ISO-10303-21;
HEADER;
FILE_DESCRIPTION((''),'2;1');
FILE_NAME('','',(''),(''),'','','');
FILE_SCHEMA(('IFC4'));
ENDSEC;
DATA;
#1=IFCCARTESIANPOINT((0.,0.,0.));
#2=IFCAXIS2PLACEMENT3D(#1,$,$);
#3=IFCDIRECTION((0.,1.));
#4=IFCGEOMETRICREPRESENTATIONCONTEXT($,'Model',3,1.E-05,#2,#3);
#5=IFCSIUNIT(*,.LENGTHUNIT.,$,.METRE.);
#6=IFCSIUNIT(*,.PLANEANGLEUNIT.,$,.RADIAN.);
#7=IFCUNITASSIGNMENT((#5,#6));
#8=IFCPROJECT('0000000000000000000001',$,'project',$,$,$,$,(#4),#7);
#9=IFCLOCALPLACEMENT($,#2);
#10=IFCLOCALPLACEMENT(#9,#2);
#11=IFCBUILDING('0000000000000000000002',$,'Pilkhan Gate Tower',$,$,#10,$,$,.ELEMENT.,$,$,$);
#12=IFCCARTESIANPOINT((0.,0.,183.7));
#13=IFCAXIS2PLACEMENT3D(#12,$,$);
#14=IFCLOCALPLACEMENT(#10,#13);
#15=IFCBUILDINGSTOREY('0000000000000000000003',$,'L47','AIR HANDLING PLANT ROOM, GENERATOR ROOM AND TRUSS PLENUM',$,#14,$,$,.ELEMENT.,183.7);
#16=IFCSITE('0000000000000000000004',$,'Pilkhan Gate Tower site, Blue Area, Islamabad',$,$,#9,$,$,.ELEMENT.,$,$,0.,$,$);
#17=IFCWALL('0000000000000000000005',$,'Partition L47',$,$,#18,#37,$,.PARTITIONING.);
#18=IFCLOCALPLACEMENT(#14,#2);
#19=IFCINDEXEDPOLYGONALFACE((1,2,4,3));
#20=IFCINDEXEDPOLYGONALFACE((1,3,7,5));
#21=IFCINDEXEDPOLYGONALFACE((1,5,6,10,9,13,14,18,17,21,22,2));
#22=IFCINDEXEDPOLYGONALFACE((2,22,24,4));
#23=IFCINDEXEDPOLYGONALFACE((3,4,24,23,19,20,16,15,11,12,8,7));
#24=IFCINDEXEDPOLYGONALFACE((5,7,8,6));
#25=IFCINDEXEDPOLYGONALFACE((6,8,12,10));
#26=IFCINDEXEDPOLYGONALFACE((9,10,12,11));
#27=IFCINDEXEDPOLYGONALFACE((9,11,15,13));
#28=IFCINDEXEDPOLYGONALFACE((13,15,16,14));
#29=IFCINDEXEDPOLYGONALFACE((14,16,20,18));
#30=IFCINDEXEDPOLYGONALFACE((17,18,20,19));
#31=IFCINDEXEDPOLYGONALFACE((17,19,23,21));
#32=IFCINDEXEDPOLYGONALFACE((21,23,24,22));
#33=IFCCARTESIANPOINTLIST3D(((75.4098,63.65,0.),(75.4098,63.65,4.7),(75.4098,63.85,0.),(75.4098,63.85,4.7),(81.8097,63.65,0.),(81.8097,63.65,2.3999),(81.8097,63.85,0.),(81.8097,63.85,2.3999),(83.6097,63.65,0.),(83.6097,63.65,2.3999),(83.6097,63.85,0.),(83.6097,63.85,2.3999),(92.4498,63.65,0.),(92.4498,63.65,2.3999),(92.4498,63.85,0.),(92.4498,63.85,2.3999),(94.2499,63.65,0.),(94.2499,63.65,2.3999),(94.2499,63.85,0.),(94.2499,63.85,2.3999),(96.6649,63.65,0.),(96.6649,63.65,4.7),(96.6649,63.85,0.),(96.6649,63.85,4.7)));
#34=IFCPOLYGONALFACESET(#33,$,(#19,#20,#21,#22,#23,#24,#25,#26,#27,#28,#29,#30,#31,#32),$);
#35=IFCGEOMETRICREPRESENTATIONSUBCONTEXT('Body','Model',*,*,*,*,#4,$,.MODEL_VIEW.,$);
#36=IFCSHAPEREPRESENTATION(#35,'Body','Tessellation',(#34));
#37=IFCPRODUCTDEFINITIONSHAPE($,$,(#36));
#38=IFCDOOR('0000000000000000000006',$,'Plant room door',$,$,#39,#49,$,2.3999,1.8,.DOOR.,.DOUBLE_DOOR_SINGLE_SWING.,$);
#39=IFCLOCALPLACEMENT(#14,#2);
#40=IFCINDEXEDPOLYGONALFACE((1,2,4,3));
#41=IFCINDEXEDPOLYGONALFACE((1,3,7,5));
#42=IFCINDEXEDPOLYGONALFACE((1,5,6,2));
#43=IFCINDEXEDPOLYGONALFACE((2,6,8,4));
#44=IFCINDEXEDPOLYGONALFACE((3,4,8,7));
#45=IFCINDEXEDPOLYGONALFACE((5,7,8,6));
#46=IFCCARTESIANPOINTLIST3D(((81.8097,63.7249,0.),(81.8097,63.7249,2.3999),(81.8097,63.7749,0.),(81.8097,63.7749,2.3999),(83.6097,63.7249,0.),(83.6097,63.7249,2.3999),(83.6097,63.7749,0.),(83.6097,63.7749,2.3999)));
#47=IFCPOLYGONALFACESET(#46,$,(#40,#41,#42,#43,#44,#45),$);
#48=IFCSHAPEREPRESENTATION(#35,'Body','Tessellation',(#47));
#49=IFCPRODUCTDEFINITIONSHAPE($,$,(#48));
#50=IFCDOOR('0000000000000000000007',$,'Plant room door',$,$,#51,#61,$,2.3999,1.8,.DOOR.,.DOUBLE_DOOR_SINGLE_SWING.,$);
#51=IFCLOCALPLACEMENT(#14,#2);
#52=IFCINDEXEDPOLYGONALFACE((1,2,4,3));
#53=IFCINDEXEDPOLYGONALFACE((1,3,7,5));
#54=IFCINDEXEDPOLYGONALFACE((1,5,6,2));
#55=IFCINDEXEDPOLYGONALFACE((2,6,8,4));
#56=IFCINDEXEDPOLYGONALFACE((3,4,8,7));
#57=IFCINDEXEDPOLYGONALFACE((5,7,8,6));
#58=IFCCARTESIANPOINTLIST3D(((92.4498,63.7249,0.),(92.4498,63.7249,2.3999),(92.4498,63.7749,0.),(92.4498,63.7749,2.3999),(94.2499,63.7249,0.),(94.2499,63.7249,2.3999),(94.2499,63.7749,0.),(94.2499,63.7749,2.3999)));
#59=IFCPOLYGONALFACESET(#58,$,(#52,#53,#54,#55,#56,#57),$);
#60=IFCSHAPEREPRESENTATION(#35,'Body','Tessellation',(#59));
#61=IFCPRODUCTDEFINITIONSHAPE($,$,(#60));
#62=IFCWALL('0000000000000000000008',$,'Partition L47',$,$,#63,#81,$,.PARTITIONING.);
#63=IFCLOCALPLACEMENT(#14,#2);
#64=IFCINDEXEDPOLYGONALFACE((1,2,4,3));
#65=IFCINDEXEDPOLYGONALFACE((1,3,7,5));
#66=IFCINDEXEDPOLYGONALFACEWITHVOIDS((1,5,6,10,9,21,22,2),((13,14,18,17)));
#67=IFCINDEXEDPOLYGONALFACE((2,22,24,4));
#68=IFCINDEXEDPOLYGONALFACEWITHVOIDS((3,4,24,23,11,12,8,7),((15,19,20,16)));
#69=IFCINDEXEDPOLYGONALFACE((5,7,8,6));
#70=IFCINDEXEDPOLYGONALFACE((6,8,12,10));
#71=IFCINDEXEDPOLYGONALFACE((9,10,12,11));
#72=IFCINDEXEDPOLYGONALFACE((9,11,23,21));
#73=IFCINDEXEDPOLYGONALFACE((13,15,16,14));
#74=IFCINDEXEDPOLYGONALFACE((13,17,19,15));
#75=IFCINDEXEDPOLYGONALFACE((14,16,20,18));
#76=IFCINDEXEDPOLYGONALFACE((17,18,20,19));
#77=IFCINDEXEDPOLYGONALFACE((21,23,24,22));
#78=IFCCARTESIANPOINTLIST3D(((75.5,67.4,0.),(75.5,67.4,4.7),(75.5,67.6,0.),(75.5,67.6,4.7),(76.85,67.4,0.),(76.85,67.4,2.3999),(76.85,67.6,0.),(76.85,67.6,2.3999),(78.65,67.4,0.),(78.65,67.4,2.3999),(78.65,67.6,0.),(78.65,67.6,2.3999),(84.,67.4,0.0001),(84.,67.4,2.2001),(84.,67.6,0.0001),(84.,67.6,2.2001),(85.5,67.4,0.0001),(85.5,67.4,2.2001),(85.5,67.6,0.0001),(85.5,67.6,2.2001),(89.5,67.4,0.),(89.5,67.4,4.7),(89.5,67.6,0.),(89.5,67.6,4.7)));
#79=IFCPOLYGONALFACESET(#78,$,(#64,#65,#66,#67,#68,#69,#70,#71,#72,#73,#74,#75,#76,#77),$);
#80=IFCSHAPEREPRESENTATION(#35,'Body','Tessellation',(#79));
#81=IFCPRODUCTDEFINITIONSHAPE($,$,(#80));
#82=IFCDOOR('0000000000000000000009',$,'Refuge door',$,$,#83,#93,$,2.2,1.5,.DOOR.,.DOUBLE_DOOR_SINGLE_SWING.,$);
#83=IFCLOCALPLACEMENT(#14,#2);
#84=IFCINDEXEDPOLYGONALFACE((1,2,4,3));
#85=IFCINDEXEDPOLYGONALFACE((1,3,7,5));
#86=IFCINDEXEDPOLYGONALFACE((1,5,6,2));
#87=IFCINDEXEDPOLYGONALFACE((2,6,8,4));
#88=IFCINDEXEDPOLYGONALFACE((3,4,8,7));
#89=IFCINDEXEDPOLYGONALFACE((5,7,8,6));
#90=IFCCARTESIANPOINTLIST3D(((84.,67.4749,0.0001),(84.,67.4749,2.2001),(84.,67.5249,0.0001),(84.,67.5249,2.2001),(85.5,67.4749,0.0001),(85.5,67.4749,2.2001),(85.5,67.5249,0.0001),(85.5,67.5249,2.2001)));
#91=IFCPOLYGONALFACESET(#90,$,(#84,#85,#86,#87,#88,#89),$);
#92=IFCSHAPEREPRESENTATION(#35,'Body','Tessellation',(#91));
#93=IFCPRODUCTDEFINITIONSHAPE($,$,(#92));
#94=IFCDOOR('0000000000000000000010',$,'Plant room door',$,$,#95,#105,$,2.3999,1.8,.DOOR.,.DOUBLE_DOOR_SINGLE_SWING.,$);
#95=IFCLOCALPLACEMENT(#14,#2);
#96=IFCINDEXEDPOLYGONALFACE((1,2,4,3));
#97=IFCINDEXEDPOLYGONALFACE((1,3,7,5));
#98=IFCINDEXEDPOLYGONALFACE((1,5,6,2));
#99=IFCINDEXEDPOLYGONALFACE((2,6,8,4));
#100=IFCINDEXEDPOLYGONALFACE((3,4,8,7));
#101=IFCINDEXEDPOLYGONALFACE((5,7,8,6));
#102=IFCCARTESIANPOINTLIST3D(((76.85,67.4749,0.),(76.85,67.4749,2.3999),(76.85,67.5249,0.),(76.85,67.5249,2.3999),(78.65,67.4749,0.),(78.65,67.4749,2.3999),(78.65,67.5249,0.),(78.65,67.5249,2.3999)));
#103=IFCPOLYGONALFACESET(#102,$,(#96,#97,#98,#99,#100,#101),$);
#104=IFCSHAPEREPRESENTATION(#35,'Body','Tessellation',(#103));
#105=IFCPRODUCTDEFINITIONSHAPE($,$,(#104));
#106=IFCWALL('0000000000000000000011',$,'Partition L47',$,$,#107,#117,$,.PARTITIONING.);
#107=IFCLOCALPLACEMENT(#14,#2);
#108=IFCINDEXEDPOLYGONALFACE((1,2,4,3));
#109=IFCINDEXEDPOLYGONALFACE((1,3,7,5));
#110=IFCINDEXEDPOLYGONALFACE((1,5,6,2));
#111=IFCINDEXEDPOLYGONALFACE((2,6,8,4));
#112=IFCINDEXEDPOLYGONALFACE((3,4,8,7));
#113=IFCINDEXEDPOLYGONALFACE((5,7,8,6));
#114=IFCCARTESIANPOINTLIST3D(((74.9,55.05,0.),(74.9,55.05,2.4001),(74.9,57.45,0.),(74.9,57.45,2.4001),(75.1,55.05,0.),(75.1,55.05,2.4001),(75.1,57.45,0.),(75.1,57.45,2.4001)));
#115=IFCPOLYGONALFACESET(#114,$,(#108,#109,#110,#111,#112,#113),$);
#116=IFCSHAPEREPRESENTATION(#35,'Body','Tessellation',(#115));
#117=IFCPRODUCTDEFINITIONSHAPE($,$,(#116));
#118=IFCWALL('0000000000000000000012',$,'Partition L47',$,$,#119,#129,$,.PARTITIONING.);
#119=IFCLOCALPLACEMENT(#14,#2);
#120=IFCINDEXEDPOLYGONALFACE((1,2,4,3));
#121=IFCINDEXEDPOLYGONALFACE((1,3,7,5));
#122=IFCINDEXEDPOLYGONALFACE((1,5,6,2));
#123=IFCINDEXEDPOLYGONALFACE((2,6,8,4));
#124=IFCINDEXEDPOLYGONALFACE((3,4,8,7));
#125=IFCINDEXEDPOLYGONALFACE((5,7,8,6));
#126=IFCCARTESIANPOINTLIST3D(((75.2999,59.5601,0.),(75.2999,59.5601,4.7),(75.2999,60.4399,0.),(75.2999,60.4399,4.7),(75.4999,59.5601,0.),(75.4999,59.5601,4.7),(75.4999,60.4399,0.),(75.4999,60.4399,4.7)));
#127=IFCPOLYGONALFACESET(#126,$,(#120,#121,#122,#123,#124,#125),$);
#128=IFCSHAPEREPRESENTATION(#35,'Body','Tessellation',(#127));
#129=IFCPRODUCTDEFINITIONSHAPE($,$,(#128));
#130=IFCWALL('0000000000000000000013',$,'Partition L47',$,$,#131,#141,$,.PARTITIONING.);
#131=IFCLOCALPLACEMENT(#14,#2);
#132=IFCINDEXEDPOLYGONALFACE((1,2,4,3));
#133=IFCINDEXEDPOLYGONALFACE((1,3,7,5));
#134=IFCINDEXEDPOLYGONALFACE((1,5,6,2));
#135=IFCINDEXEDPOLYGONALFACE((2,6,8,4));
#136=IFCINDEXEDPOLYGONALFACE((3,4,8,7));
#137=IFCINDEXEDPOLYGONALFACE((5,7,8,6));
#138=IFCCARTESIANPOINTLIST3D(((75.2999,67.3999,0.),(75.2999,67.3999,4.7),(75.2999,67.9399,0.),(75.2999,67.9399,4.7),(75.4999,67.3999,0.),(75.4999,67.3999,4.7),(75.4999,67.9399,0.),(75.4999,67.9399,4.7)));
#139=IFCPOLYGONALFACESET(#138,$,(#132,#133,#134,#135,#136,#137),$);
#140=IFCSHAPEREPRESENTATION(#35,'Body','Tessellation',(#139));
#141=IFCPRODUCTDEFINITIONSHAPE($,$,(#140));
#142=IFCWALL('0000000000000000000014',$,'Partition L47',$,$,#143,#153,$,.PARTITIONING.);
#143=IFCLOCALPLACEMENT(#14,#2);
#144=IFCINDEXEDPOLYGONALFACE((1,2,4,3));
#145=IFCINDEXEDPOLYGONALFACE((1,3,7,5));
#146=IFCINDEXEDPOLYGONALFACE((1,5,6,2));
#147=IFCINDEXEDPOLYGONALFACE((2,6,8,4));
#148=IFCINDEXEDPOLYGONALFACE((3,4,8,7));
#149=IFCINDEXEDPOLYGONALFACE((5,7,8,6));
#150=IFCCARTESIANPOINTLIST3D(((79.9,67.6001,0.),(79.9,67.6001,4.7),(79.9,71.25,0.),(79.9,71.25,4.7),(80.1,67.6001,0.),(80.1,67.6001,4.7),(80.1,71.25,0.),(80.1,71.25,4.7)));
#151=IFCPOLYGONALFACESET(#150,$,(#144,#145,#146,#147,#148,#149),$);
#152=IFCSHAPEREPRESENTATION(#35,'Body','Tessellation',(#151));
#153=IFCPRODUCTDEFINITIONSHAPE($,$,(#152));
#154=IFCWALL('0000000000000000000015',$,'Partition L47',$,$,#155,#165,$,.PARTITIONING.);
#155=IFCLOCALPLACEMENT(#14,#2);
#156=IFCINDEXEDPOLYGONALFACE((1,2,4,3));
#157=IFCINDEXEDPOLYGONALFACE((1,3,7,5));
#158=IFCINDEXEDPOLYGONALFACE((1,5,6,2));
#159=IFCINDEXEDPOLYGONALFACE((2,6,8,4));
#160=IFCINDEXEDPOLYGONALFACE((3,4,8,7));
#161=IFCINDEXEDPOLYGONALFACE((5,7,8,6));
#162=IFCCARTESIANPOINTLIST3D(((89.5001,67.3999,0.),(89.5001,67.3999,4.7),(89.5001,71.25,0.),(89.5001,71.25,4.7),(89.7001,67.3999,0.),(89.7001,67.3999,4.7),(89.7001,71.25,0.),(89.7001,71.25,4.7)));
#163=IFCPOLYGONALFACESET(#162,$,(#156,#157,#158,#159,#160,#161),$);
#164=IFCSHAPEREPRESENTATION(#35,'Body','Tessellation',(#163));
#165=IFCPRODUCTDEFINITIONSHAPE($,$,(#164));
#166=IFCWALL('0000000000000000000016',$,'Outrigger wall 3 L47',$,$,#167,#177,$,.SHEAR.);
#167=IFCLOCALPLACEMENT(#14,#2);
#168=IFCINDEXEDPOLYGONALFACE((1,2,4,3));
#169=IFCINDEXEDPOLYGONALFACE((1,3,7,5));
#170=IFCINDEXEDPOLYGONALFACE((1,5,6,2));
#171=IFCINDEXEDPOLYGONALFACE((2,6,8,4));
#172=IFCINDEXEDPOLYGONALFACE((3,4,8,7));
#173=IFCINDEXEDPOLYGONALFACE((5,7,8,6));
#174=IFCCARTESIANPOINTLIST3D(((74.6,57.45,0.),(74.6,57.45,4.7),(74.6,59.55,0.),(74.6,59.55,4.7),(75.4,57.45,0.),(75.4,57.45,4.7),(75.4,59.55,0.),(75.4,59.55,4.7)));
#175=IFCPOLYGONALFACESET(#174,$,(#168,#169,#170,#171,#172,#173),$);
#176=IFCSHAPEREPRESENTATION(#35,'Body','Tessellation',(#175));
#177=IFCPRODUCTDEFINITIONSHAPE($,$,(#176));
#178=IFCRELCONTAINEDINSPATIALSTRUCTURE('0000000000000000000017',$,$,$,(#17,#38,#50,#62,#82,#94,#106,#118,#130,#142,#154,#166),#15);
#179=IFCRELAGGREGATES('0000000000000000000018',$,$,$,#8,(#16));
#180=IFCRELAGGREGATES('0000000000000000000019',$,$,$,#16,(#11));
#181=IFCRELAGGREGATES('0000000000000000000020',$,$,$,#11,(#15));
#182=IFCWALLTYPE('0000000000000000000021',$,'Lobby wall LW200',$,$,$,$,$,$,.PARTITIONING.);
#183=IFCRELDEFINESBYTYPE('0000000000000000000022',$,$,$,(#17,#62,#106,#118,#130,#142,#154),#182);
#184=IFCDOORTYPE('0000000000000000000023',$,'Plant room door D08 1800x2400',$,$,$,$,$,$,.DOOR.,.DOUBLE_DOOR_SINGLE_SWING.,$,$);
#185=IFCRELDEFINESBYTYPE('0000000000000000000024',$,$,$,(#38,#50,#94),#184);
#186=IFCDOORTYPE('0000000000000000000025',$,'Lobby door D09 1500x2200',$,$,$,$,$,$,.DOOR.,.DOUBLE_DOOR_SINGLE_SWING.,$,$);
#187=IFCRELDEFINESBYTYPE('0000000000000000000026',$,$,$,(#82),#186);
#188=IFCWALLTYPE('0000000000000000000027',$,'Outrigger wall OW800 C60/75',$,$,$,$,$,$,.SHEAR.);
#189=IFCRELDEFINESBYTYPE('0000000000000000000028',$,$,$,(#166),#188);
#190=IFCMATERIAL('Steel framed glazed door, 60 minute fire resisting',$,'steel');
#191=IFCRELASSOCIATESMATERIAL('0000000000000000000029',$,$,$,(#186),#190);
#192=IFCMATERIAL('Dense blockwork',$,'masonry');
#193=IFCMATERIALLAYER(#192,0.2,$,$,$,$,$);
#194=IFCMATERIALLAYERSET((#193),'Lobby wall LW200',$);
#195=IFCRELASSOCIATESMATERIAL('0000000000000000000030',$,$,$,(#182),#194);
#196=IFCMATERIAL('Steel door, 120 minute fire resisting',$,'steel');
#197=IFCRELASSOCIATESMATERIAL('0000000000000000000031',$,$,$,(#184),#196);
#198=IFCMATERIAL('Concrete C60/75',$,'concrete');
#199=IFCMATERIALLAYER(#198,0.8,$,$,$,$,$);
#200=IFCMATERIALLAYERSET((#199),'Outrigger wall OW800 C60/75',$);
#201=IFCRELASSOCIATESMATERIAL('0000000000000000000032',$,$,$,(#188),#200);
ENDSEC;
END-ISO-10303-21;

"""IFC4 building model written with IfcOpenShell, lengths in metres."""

from ifc_helpers import new_model, si_unit, direction, frame, frame_2d, origin, place, context, subcontext, project, spatial, rectangle, extrude, material, layer, layer_set, type_object, element, fill, save


model = new_model("IFC4")

# Units and contexts
model_context = context("Model", 3, precision=1e-05, world=origin(), true_north=direction((0.0, 1.0)))
body_context = subcontext(model_context, "Body", "Model", "MODEL_VIEW")
ifc_project = project(units=[si_unit("LENGTHUNIT", "METRE"), si_unit("PLANEANGLEUNIT", "RADIAN")], contexts=[model_context])

# Site, building, storey
site_placement = place(None, origin())
site = spatial("IfcSite", under=ifc_project, at=site_placement, Name="Pilkhan Gate Tower site, Blue Area, Islamabad", CompositionType="ELEMENT", RefElevation=0.0)
building_placement = place(site_placement, origin())
building = spatial("IfcBuilding", under=site, at=building_placement, Name="Pilkhan Gate Tower", CompositionType="ELEMENT")
storey_placement = place(building_placement, frame((0.0, 0.0, 183.7)))
storey = spatial("IfcBuildingStorey", under=building, at=storey_placement, Name="L47", Description="AIR HANDLING PLANT ROOM, GENERATOR ROOM AND TRUSS PLENUM", CompositionType="ELEMENT", Elevation=183.7)

# Shared definitions
ifc_material_1 = material(Name="Concrete C60/75", Category="concrete")

# Walls, openings, doors
ifc_material_2 = material(Name="Steel framed glazed door, 60 minute fire resisting", Category="steel")
door_type_1 = type_object("IfcDoorType", Name="Lobby door D09 1500x2200", OperationType="DOUBLE_DOOR_SINGLE_SWING", PredefinedType="DOOR", material=ifc_material_2)
ifc_material_3 = material(Name="Dense blockwork", Category="masonry")
ifc_layer_1 = layer(ifc_material_3, 0.2)
ifc_layer_set_1 = layer_set([ifc_layer_1], Name="Lobby wall LW200")
wall_type_1 = type_object("IfcWallType", Name="Lobby wall LW200", PredefinedType="PARTITIONING", material=ifc_layer_set_1)
wall_1_placement = place(storey_placement, frame((75.4099, 63.75, 0.0), z_axis=(0.0, 0.0, 1.0), x_axis=(1.0, 0.0, 0.0)))
wall_1 = element("IfcWall", 1, at=wall_1_placement, inside=storey, type_object=wall_type_1, Name="Partition L47", PredefinedType="PARTITIONING", context=body_context, shape_type="SweptSolid", body=[
    extrude(rectangle(XDim=21.2551, YDim=0.2, at=frame_2d((10.6274, 0.0))), origin(), (0.0, 0.0, 1.0), 4.7),
])
opening_1_placement = place(wall_1_placement, frame((6.3999, 0.0, 0.0)))
opening_1 = element("IfcOpeningElement", 2, at=opening_1_placement, cuts=wall_1, PredefinedType="OPENING", context=body_context, shape_type="SweptSolid", body=[
    extrude(rectangle(XDim=1.8, YDim=2.3999, at=frame_2d((0.8999, 1.2))), frame((0.0, 0.1099, 0.0), z_axis=(0.0, -1.0, 0.0), x_axis=(1.0, 0.0, 0.0)), (0.0, 0.0, 1.0), 0.22),
])
opening_2_placement = place(wall_1_placement, frame((17.04, 0.0, 0.0)))
opening_2 = element("IfcOpeningElement", 3, at=opening_2_placement, cuts=wall_1, PredefinedType="OPENING", context=body_context, shape_type="SweptSolid", body=[
    extrude(rectangle(XDim=1.8, YDim=2.3999, at=frame_2d((0.8999, 1.2))), frame((0.0, 0.1099, 0.0), z_axis=(0.0, -1.0, 0.0), x_axis=(1.0, 0.0, 0.0)), (0.0, 0.0, 1.0), 0.22),
])
ifc_material_4 = material(Name="Steel door, 120 minute fire resisting", Category="steel")
door_type_2 = type_object("IfcDoorType", Name="Plant room door D08 1800x2400", OperationType="DOUBLE_DOOR_SINGLE_SWING", PredefinedType="DOOR", material=ifc_material_4)
door_1_placement = place(opening_1_placement, origin())
door_1 = element("IfcDoor", 4, at=door_1_placement, inside=storey, type_object=door_type_2, Name="Plant room door", OperationType="DOUBLE_DOOR_SINGLE_SWING", OverallHeight=2.3999, OverallWidth=1.8, PredefinedType="DOOR", context=body_context, shape_type="SweptSolid", body=[
    extrude(rectangle(XDim=1.8, YDim=2.3999, at=frame_2d((0.8999, 1.2))), frame((0.0, 0.0249, 0.0), z_axis=(0.0, -1.0, 0.0), x_axis=(1.0, 0.0, 0.0)), (0.0, 0.0, 1.0), 0.05),
])
fill(opening_1, door_1)
door_2_placement = place(opening_2_placement, origin())
door_2 = element("IfcDoor", 5, at=door_2_placement, inside=storey, type_object=door_type_2, Name="Plant room door", OperationType="DOUBLE_DOOR_SINGLE_SWING", OverallHeight=2.3999, OverallWidth=1.8, PredefinedType="DOOR", context=body_context, shape_type="SweptSolid", body=[
    extrude(rectangle(XDim=1.8, YDim=2.3999, at=frame_2d((0.8999, 1.2))), frame((0.0, 0.0249, 0.0), z_axis=(0.0, -1.0, 0.0), x_axis=(1.0, 0.0, 0.0)), (0.0, 0.0, 1.0), 0.05),
])
fill(opening_2, door_2)
wall_2_placement = place(storey_placement, frame((75.5, 67.5, 0.0), z_axis=(0.0, 0.0, 1.0), x_axis=(1.0, 0.0, 0.0)))
wall_2 = element("IfcWall", 6, at=wall_2_placement, inside=storey, type_object=wall_type_1, Name="Partition L47", PredefinedType="PARTITIONING", context=body_context, shape_type="SweptSolid", body=[
    extrude(rectangle(XDim=14.0, YDim=0.2, at=frame_2d((7.0, 0.0))), origin(), (0.0, 0.0, 1.0), 4.7),
])
opening_3_placement = place(wall_2_placement, frame((8.5, 0.0, 0.0)))
opening_3 = element("IfcOpeningElement", 7, at=opening_3_placement, cuts=wall_2, PredefinedType="OPENING", context=body_context, shape_type="SweptSolid", body=[
    extrude(rectangle(XDim=1.5, YDim=2.2, at=frame_2d((0.75, 1.1001))), frame((0.0, 0.1099, 0.0), z_axis=(0.0, -1.0, 0.0), x_axis=(1.0, 0.0, 0.0)), (0.0, 0.0, 1.0), 0.22),
])
opening_4_placement = place(wall_2_placement, frame((1.3501, 0.0, 0.0)))
opening_4 = element("IfcOpeningElement", 8, at=opening_4_placement, cuts=wall_2, PredefinedType="OPENING", context=body_context, shape_type="SweptSolid", body=[
    extrude(rectangle(XDim=1.8, YDim=2.3999, at=frame_2d((0.8999, 1.2))), frame((0.0, 0.1099, 0.0), z_axis=(0.0, -1.0, 0.0), x_axis=(1.0, 0.0, 0.0)), (0.0, 0.0, 1.0), 0.22),
])
door_3_placement = place(opening_3_placement, origin())
door_3 = element("IfcDoor", 9, at=door_3_placement, inside=storey, type_object=door_type_1, Name="Refuge door", OperationType="DOUBLE_DOOR_SINGLE_SWING", OverallHeight=2.2, OverallWidth=1.5, PredefinedType="DOOR", context=body_context, shape_type="SweptSolid", body=[
    extrude(rectangle(XDim=1.5, YDim=2.2, at=frame_2d((0.75, 1.1001))), frame((0.0, 0.0249, 0.0), z_axis=(0.0, -1.0, 0.0), x_axis=(1.0, 0.0, 0.0)), (0.0, 0.0, 1.0), 0.05),
])
fill(opening_3, door_3)
door_4_placement = place(opening_4_placement, origin())
door_4 = element("IfcDoor", 10, at=door_4_placement, inside=storey, type_object=door_type_2, Name="Plant room door", OperationType="DOUBLE_DOOR_SINGLE_SWING", OverallHeight=2.3999, OverallWidth=1.8, PredefinedType="DOOR", context=body_context, shape_type="SweptSolid", body=[
    extrude(rectangle(XDim=1.8, YDim=2.3999, at=frame_2d((0.8999, 1.2))), frame((0.0, 0.0249, 0.0), z_axis=(0.0, -1.0, 0.0), x_axis=(1.0, 0.0, 0.0)), (0.0, 0.0, 1.0), 0.05),
])
fill(opening_4, door_4)

# Walls
wall_3_placement = place(storey_placement, frame((75.0, 55.05, 0.0), z_axis=(0.0, 0.0, 1.0), x_axis=(0.0, 1.0, 0.0)))
element("IfcWall", 11, at=wall_3_placement, inside=storey, type_object=wall_type_1, Name="Partition L47", PredefinedType="PARTITIONING", context=body_context, shape_type="SweptSolid", body=[
    extrude(rectangle(XDim=2.3999, YDim=0.2, at=frame_2d((1.2, 0.0))), origin(), (0.0, 0.0, 1.0), 2.4001),
])
wall_4_placement = place(storey_placement, frame((75.3999, 59.5601, 0.0), z_axis=(0.0, 0.0, 1.0), x_axis=(0.0, 1.0, 0.0)))
element("IfcWall", 12, at=wall_4_placement, inside=storey, type_object=wall_type_1, Name="Partition L47", PredefinedType="PARTITIONING", context=body_context, shape_type="SweptSolid", body=[
    extrude(rectangle(XDim=0.8799, YDim=0.2, at=frame_2d((0.4399, 0.0))), origin(), (0.0, 0.0, 1.0), 4.7),
])
wall_5_placement = place(storey_placement, frame((75.3999, 67.3999, 0.0), z_axis=(0.0, 0.0, 1.0), x_axis=(0.0, 1.0, 0.0)))
element("IfcWall", 13, at=wall_5_placement, inside=storey, type_object=wall_type_1, Name="Partition L47", PredefinedType="PARTITIONING", context=body_context, shape_type="SweptSolid", body=[
    extrude(rectangle(XDim=0.54, YDim=0.2, at=frame_2d((0.27, 0.0))), origin(), (0.0, 0.0, 1.0), 4.7),
])
wall_6_placement = place(storey_placement, frame((80.0, 67.6001, 0.0), z_axis=(0.0, 0.0, 1.0), x_axis=(0.0, 1.0, 0.0)))
element("IfcWall", 14, at=wall_6_placement, inside=storey, type_object=wall_type_1, Name="Partition L47", PredefinedType="PARTITIONING", context=body_context, shape_type="SweptSolid", body=[
    extrude(rectangle(XDim=3.6499, YDim=0.2, at=frame_2d((1.825, 0.0))), origin(), (0.0, 0.0, 1.0), 4.7),
])
wall_7_placement = place(storey_placement, frame((89.6001, 67.3999, 0.0), z_axis=(0.0, 0.0, 1.0), x_axis=(0.0, 1.0, 0.0)))
element("IfcWall", 15, at=wall_7_placement, inside=storey, type_object=wall_type_1, Name="Partition L47", PredefinedType="PARTITIONING", context=body_context, shape_type="SweptSolid", body=[
    extrude(rectangle(XDim=3.8501, YDim=0.2, at=frame_2d((1.925, 0.0))), origin(), (0.0, 0.0, 1.0), 4.7),
])
ifc_layer_2 = layer(ifc_material_1, 0.8)
ifc_layer_set_2 = layer_set([ifc_layer_2], Name="Outrigger wall OW800 C60/75")
wall_type_2 = type_object("IfcWallType", Name="Outrigger wall OW800 C60/75", PredefinedType="SHEAR", material=ifc_layer_set_2)
wall_8_placement = place(storey_placement, frame((75.0, 57.45, 0.0), z_axis=(0.0, 0.0, 1.0), x_axis=(0.0, 1.0, 0.0)))
element("IfcWall", 16, at=wall_8_placement, inside=storey, type_object=wall_type_2, Name="Outrigger wall 3 L47", PredefinedType="SHEAR", context=body_context, shape_type="SweptSolid", body=[
    extrude(rectangle(XDim=2.1001, YDim=0.8, at=frame_2d((1.05, 0.0))), origin(), (0.0, 0.0, 1.0), 4.7),
])

save(model, "model.ifc")
